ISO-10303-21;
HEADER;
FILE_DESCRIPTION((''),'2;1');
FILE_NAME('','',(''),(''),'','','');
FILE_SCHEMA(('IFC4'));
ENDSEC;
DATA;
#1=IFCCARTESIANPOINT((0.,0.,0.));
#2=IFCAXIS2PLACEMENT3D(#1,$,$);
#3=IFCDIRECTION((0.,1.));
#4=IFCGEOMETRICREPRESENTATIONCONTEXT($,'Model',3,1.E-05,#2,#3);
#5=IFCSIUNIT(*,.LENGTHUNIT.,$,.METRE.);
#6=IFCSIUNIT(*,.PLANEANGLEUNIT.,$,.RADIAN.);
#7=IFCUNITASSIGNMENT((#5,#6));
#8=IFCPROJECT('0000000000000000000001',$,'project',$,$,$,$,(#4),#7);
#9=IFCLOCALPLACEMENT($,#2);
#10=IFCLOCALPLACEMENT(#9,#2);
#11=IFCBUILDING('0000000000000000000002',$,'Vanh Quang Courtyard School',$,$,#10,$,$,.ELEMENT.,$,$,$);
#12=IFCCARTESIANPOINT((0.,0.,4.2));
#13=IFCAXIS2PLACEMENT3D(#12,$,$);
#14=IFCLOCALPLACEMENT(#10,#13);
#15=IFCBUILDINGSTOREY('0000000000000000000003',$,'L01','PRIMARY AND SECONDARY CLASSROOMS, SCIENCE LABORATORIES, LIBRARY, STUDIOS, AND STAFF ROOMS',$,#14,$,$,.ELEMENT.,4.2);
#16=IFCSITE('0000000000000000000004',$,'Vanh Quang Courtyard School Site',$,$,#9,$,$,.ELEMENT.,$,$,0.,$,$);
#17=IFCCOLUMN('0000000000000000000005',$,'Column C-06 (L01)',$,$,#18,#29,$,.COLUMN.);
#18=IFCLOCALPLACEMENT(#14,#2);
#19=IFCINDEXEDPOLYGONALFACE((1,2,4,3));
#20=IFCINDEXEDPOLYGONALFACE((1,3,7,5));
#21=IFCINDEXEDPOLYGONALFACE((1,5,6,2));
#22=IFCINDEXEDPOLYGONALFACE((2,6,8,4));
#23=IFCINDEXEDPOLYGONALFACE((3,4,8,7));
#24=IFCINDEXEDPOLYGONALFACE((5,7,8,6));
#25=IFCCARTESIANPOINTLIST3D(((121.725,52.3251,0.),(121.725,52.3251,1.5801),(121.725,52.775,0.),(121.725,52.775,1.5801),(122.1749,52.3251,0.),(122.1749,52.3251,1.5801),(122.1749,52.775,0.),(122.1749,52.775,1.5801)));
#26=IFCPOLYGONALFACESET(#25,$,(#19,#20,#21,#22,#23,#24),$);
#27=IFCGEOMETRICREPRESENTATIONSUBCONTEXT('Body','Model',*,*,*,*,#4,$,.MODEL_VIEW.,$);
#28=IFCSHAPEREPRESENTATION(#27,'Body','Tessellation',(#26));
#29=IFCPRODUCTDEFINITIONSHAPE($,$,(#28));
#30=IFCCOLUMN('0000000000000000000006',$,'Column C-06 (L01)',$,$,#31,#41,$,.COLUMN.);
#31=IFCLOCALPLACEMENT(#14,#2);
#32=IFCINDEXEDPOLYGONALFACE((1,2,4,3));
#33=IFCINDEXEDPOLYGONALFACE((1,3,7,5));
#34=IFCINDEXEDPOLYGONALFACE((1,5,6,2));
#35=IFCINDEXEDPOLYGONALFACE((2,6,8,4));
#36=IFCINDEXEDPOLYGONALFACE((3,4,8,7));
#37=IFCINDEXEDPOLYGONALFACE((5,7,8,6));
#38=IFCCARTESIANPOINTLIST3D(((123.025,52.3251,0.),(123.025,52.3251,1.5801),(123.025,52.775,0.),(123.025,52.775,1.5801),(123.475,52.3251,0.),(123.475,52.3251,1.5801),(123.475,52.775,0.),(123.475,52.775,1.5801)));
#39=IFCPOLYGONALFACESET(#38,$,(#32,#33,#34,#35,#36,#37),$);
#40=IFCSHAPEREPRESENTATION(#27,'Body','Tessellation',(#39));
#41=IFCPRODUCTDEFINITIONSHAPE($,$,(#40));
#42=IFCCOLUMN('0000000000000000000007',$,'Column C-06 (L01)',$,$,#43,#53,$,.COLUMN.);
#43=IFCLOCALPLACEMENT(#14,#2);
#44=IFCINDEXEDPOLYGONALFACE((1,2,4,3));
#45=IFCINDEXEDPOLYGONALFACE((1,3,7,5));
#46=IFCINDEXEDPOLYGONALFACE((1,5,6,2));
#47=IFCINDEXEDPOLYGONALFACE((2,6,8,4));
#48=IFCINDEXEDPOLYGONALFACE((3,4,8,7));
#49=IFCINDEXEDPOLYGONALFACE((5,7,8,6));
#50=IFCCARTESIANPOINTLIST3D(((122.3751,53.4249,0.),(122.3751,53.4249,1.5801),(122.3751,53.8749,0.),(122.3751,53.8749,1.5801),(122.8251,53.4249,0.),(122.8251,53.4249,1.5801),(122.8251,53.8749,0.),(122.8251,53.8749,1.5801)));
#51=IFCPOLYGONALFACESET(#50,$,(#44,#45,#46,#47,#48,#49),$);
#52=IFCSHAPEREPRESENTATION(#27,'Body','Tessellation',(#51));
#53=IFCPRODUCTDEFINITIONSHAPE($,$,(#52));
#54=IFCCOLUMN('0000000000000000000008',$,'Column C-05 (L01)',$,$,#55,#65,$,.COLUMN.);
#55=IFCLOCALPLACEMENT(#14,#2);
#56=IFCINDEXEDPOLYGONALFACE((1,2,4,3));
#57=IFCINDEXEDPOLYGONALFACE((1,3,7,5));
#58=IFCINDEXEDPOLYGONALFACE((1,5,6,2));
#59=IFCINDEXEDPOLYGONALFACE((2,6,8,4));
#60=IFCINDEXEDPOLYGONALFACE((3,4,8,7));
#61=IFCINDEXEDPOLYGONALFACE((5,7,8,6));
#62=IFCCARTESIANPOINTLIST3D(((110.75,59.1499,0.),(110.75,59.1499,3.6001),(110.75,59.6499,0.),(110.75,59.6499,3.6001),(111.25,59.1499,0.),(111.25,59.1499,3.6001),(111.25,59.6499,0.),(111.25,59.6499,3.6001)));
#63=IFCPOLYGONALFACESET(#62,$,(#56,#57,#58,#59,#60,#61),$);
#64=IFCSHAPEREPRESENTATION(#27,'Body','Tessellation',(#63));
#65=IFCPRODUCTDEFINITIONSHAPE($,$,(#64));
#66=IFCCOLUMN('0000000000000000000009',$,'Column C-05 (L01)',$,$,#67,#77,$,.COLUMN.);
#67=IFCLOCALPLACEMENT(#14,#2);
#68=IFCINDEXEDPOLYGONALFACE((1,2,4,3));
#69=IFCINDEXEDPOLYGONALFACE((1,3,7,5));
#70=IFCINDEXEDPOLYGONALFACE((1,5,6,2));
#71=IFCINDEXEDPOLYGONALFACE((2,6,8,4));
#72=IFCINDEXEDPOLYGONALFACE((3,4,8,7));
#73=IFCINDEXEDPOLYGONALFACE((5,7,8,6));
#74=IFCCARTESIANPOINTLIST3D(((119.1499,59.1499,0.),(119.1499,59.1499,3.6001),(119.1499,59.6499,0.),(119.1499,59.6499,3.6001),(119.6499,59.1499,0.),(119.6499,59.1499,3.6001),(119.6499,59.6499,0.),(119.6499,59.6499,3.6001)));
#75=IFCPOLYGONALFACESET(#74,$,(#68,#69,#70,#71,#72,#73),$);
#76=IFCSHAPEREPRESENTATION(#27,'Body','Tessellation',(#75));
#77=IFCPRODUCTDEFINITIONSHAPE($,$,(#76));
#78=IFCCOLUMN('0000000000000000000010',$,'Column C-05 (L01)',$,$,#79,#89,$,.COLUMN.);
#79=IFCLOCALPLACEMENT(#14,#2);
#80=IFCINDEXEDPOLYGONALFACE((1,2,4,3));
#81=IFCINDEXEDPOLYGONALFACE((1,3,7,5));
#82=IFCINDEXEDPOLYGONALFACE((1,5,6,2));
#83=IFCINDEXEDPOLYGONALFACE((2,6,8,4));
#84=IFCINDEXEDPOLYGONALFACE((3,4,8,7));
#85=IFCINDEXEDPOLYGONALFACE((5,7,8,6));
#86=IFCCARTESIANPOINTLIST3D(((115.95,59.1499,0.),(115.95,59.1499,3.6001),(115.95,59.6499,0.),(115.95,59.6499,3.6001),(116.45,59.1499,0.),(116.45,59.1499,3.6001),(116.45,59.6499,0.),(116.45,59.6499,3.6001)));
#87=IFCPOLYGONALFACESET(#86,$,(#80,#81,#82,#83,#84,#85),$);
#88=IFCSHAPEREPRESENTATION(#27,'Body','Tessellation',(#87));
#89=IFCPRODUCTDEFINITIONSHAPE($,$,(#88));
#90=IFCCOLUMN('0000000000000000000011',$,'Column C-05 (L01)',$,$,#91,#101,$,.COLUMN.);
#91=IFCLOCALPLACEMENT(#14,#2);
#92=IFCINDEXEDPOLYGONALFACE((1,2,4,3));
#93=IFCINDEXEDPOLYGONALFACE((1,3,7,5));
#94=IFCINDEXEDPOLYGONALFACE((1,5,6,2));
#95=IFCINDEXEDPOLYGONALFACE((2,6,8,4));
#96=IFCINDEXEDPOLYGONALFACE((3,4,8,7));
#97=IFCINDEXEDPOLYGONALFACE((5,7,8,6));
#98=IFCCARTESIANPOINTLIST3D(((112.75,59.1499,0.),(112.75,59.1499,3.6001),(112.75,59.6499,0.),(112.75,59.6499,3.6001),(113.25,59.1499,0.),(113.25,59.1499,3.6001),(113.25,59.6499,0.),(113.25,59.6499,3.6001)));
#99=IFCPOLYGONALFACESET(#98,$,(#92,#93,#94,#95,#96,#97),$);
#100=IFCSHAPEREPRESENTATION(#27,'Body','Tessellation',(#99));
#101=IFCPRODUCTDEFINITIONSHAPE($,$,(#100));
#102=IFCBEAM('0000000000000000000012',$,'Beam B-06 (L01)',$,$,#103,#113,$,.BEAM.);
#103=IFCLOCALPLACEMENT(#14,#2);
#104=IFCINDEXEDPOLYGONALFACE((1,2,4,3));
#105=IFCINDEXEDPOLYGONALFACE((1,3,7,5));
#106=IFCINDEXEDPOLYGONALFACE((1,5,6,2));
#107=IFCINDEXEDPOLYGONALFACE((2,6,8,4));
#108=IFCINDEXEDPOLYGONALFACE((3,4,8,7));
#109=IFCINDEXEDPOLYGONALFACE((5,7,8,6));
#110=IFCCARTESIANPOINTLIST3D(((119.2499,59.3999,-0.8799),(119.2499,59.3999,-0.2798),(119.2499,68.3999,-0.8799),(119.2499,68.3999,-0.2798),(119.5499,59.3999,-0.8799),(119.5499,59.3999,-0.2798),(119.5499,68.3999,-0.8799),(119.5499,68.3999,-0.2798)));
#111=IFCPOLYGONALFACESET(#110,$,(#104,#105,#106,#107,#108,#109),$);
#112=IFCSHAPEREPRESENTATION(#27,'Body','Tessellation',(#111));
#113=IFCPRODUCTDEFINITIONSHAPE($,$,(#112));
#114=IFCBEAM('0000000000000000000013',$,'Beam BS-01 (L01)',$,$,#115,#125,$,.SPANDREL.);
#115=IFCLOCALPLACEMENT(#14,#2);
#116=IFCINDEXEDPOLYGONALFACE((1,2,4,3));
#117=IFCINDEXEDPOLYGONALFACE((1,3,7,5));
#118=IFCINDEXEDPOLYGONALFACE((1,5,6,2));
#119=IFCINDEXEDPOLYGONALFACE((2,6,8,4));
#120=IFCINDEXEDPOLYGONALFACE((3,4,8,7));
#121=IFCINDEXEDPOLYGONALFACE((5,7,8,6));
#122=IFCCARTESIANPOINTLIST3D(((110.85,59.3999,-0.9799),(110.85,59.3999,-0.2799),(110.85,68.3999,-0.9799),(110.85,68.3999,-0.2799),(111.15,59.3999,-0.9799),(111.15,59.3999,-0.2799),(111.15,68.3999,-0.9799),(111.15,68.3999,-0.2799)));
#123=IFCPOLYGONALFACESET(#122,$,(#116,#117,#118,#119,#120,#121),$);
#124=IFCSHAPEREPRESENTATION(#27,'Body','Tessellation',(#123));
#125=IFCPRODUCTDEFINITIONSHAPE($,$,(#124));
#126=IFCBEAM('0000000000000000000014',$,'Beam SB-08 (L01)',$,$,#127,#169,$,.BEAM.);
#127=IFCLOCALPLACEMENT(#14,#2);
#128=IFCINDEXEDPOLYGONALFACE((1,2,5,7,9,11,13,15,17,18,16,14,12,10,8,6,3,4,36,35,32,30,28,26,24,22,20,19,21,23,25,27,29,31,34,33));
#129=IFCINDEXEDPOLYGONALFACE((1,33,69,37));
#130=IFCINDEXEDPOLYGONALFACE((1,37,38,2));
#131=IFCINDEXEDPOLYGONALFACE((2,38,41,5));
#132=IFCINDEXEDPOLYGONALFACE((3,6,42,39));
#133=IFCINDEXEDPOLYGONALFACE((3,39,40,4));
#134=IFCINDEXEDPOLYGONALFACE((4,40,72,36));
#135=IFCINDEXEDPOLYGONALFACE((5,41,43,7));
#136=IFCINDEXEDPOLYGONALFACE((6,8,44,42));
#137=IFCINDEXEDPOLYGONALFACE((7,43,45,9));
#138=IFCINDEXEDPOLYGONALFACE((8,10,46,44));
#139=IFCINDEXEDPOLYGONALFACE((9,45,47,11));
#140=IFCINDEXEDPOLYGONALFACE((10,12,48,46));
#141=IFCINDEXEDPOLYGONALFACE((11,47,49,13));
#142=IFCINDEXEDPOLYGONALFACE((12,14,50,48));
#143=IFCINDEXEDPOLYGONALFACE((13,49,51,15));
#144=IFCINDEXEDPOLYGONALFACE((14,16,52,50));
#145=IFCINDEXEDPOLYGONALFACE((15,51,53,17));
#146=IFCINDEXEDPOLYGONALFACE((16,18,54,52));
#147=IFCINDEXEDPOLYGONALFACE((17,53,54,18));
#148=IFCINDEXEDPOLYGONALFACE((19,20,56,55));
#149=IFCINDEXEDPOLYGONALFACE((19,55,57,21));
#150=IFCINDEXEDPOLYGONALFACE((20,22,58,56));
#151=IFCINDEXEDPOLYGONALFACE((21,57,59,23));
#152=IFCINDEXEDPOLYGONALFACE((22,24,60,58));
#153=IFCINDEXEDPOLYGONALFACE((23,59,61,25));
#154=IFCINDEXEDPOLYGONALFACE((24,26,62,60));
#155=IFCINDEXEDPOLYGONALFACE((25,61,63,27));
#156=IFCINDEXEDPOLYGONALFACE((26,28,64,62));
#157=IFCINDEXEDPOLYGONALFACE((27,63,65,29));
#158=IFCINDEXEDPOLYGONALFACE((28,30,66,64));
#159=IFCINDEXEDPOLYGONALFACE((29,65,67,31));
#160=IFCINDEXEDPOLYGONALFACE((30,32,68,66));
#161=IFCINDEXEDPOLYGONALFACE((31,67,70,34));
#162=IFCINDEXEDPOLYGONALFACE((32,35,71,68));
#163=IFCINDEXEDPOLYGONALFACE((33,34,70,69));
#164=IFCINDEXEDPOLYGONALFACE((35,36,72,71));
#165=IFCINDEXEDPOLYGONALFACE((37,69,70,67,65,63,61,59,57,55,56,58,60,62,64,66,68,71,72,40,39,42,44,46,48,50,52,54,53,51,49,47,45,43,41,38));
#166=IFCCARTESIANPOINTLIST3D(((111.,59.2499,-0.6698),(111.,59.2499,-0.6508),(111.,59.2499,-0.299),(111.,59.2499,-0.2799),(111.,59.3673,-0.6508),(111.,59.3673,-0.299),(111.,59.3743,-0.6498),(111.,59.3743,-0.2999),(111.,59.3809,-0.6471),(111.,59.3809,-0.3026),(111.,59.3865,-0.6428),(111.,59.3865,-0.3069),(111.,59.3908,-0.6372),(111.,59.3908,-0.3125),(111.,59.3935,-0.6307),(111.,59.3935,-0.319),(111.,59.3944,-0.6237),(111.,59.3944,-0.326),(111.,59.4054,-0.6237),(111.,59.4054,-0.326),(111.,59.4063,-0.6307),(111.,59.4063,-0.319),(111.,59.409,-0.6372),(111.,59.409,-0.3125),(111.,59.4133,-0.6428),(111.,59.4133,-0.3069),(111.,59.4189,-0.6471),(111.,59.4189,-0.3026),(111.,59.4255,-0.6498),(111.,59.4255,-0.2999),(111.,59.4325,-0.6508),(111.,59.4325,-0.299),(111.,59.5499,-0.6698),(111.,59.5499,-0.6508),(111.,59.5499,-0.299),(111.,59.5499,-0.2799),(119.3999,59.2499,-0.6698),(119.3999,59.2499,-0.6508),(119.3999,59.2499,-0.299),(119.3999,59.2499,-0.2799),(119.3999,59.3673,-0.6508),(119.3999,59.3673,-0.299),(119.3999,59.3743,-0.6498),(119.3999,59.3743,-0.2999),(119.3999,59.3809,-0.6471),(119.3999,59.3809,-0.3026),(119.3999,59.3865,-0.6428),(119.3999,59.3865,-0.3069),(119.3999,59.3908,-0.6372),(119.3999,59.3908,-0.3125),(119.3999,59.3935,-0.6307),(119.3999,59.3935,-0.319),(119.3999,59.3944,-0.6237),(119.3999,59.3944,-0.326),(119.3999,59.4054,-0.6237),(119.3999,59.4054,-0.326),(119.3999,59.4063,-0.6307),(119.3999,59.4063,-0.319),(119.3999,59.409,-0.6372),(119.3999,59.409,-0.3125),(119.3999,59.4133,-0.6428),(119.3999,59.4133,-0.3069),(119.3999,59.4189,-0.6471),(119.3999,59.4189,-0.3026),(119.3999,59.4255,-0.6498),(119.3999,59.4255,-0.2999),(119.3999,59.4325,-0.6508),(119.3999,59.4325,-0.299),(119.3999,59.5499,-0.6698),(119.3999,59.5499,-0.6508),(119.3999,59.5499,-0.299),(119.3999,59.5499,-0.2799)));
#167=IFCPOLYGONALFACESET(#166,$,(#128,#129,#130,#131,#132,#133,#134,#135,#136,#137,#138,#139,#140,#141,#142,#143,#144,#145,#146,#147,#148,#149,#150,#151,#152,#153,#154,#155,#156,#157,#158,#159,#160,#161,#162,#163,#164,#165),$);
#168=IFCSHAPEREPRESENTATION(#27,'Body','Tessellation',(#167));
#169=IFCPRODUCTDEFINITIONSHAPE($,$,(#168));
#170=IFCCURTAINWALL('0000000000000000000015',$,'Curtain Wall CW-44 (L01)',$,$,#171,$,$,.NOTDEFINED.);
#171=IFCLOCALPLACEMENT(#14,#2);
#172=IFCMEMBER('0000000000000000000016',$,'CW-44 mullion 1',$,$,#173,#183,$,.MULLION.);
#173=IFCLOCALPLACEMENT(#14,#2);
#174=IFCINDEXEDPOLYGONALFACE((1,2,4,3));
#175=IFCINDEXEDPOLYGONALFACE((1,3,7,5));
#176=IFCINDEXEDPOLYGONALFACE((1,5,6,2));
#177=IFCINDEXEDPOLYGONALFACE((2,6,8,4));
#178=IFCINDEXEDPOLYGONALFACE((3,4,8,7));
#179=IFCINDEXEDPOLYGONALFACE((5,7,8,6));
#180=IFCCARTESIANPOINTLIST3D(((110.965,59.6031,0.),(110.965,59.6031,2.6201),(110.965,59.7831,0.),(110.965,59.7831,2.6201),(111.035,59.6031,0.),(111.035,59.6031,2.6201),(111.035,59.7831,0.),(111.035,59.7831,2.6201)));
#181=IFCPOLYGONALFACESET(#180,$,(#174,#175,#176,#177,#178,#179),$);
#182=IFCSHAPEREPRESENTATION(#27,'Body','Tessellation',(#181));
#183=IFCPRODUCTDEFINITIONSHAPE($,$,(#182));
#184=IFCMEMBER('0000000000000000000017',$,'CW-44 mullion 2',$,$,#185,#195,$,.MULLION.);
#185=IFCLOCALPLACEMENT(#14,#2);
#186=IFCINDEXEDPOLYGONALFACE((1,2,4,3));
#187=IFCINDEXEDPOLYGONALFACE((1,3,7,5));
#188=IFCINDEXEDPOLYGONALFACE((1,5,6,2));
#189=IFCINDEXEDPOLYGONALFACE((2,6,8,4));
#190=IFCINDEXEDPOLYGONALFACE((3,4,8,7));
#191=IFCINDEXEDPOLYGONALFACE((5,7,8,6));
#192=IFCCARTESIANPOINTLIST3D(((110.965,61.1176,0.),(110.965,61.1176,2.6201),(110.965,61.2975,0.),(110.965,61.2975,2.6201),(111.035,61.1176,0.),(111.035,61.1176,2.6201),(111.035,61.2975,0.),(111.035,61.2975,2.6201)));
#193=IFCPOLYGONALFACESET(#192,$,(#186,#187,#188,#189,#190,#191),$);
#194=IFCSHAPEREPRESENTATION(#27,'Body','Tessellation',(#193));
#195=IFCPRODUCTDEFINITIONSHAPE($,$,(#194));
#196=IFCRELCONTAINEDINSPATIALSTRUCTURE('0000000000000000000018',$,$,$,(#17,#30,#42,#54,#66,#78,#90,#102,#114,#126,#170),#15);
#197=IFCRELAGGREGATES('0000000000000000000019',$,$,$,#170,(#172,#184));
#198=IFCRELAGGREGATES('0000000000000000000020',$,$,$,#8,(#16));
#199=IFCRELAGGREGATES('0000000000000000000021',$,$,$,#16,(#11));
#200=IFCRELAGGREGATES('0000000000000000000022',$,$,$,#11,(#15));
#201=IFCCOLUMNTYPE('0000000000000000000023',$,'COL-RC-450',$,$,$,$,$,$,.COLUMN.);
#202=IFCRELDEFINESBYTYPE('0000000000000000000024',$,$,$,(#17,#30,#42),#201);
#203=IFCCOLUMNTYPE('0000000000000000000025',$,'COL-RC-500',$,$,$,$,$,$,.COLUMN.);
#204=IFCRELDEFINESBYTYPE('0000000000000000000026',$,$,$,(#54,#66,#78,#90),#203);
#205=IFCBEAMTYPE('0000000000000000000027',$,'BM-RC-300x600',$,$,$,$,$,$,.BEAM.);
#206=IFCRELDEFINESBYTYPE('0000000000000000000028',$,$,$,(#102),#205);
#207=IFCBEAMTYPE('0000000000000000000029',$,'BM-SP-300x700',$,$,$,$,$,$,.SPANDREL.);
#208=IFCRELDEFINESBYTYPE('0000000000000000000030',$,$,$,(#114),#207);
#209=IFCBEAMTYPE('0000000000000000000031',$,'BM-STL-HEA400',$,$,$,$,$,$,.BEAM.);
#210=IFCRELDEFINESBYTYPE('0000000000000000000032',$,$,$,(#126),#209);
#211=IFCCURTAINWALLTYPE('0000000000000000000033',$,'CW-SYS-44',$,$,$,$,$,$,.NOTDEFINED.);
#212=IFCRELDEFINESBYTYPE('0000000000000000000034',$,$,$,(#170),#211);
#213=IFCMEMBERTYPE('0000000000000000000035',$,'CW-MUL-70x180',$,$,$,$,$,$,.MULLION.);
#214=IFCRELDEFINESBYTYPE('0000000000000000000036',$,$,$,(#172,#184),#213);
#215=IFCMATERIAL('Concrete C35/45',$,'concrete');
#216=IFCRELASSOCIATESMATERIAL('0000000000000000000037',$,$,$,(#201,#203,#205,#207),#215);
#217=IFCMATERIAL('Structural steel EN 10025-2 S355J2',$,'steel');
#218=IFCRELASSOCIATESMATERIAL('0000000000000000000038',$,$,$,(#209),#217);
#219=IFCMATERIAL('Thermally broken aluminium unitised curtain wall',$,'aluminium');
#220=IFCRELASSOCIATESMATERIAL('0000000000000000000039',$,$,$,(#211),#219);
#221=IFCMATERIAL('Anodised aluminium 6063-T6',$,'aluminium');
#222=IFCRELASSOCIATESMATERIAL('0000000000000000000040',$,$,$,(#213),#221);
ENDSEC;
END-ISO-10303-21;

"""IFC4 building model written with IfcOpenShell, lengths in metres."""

from ifc_helpers import new_model, si_unit, direction, frame, origin, origin_2d, place, context, subcontext, project, spatial, rectangle, i_section, extrude, material, material_profile, profile_set, type_object, element, aggregate, save


model = new_model("IFC4")

# Units and contexts
model_context = context("Model", 3, precision=1e-05, world=origin(), true_north=direction((0.0, 1.0)))
body_context = subcontext(model_context, "Body", "Model", "MODEL_VIEW")
ifc_project = project(units=[si_unit("LENGTHUNIT", "METRE"), si_unit("PLANEANGLEUNIT", "RADIAN")], contexts=[model_context])

# Site, building, storey
site_placement = place(None, origin())
site = spatial("IfcSite", under=ifc_project, at=site_placement, Name="Vanh Quang Courtyard School Site", CompositionType="ELEMENT", RefElevation=0.0)
building_placement = place(site_placement, origin())
building = spatial("IfcBuilding", under=site, at=building_placement, Name="Vanh Quang Courtyard School", CompositionType="ELEMENT")
storey_placement = place(building_placement, frame((0.0, 0.0, 4.2)))
storey = spatial("IfcBuildingStorey", under=building, at=storey_placement, Name="L01", Description="PRIMARY AND SECONDARY CLASSROOMS, SCIENCE LABORATORIES, LIBRARY, STUDIOS, AND STAFF ROOMS", CompositionType="ELEMENT", Elevation=4.2)

# Columns
ifc_material_1 = material(Name="Concrete C35/45", Category="concrete")
ifc_material_profile_1 = material_profile(ifc_material_1, rectangle(XDim=0.45, YDim=0.45, at=origin_2d()), Name="RC-COL 450x450")
ifc_profile_set_1 = profile_set([ifc_material_profile_1], Name="Concrete C35/45")
column_type_1 = type_object("IfcColumnType", Name="COL-RC-450", PredefinedType="COLUMN", material=ifc_profile_set_1)
for number, where, z_axis, x_axis, name in (
    (1, (121.95, 52.55, 0.0), (0.0, 0.0, 1.0), (1.0, 0.0, 0.0), "Column C-06 (L01)"),
    (2, (123.25, 52.55, 0.0), (0.0, 0.0, 1.0), (1.0, 0.0, 0.0), "Column C-06 (L01)"),
    (3, (122.6001, 53.6499, 0.0), (0.0, 0.0, 1.0), (1.0, 0.0, 0.0), "Column C-06 (L01)"),
):
    element("IfcColumn", number, at=place(storey_placement, frame(where, z_axis=z_axis, x_axis=x_axis)), inside=storey, type_object=column_type_1, Name=name, PredefinedType="COLUMN", context=body_context, shape_type="SweptSolid", body=[
        extrude(rectangle(XDim=0.45, YDim=0.45, at=origin_2d()), origin(), (0.0, 0.0, 1.0), 1.5801),
    ])
ifc_material_profile_2 = material_profile(ifc_material_1, rectangle(XDim=0.5, YDim=0.5, at=origin_2d()), Name="RC-COL 500x500")
ifc_profile_set_2 = profile_set([ifc_material_profile_2], Name="Concrete C35/45")
column_type_2 = type_object("IfcColumnType", Name="COL-RC-500", PredefinedType="COLUMN", material=ifc_profile_set_2)
for number, where, z_axis, x_axis, name in (
    (4, (111.0, 59.3999, 0.0), (0.0, 0.0, 1.0), (1.0, 0.0, 0.0), "Column C-05 (L01)"),
    (5, (119.3999, 59.3999, 0.0), (0.0, 0.0, 1.0), (1.0, 0.0, 0.0), "Column C-05 (L01)"),
    (6, (116.2, 59.3999, 0.0), (0.0, 0.0, 1.0), (1.0, 0.0, 0.0), "Column C-05 (L01)"),
    (7, (113.0, 59.3999, 0.0), (0.0, 0.0, 1.0), (1.0, 0.0, 0.0), "Column C-05 (L01)"),
):
    element("IfcColumn", number, at=place(storey_placement, frame(where, z_axis=z_axis, x_axis=x_axis)), inside=storey, type_object=column_type_2, Name=name, PredefinedType="COLUMN", context=body_context, shape_type="SweptSolid", body=[
        extrude(rectangle(XDim=0.5, YDim=0.5, at=origin_2d()), origin(), (0.0, 0.0, 1.0), 3.6001),
    ])

# Beams
ifc_material_profile_3 = material_profile(ifc_material_1, rectangle(XDim=0.3, YDim=0.6001, at=origin_2d()), Name="RC-BM 300x600")
ifc_profile_set_3 = profile_set([ifc_material_profile_3], Name="Concrete C35/45")
beam_type_1 = type_object("IfcBeamType", Name="BM-RC-300x600", PredefinedType="BEAM", material=ifc_profile_set_3)
beam_1_placement = place(storey_placement, frame((119.3999, 59.3999, -0.5798), z_axis=(0.0, 1.0, 0.0), x_axis=(-1.0, 0.0, 0.0)))
element("IfcBeam", 8, at=beam_1_placement, inside=storey, type_object=beam_type_1, Name="Beam B-06 (L01)", PredefinedType="BEAM", context=body_context, shape_type="SweptSolid", body=[
    extrude(rectangle(XDim=0.3, YDim=0.6001, at=origin_2d()), origin(), (0.0, 0.0, 1.0), 9.0),
])
ifc_material_profile_4 = material_profile(ifc_material_1, rectangle(XDim=0.3, YDim=0.7, at=origin_2d()), Name="RC-SP 300x700")
ifc_profile_set_4 = profile_set([ifc_material_profile_4], Name="Concrete C35/45")
beam_type_2 = type_object("IfcBeamType", Name="BM-SP-300x700", PredefinedType="SPANDREL", material=ifc_profile_set_4)
beam_2_placement = place(storey_placement, frame((111.0, 59.3999, -0.6299), z_axis=(0.0, 1.0, 0.0), x_axis=(-1.0, 0.0, 0.0)))
element("IfcBeam", 9, at=beam_2_placement, inside=storey, type_object=beam_type_2, Name="Beam BS-01 (L01)", PredefinedType="SPANDREL", context=body_context, shape_type="SweptSolid", body=[
    extrude(rectangle(XDim=0.3, YDim=0.7, at=origin_2d()), origin(), (0.0, 0.0, 1.0), 9.0),
])
ifc_material_2 = material(Name="Structural steel EN 10025-2 S355J2", Category="steel")
ifc_material_profile_5 = material_profile(ifc_material_2, i_section(OverallWidth=0.3, OverallDepth=0.3899, WebThickness=0.011, FlangeThickness=0.019, FilletRadius=0.0271, at=origin_2d()), Name="HEA 400")
ifc_profile_set_5 = profile_set([ifc_material_profile_5], Name="Structural steel EN 10025-2 S355J2")
beam_type_3 = type_object("IfcBeamType", Name="BM-STL-HEA400", PredefinedType="BEAM", material=ifc_profile_set_5)
beam_3_placement = place(storey_placement, frame((111.0, 59.3999, -0.4749), z_axis=(1.0, 0.0, 0.0), x_axis=(0.0, 1.0, 0.0)))
element("IfcBeam", 10, at=beam_3_placement, inside=storey, type_object=beam_type_3, Name="Beam SB-08 (L01)", PredefinedType="BEAM", context=body_context, shape_type="SweptSolid", body=[
    extrude(i_section(OverallWidth=0.3, OverallDepth=0.3899, WebThickness=0.011, FlangeThickness=0.019, FilletRadius=0.0271, at=origin_2d()), origin(), (0.0, 0.0, 1.0), 8.3999),
])

# Curtain wall, members
ifc_material_3 = material(Name="Thermally broken aluminium unitised curtain wall", Category="aluminium")
curtain_wall_type = type_object("IfcCurtainWallType", Name="CW-SYS-44", PredefinedType="NOTDEFINED", material=ifc_material_3)
curtain_wall_placement = place(storey_placement, origin())
curtain_wall = element("IfcCurtainWall", 11, at=curtain_wall_placement, inside=storey, type_object=curtain_wall_type, Name="Curtain Wall CW-44 (L01)", PredefinedType="NOTDEFINED")
ifc_material_4 = material(Name="Anodised aluminium 6063-T6", Category="aluminium")
ifc_material_profile_6 = material_profile(ifc_material_4, rectangle(XDim=0.0701, YDim=0.1799, at=origin_2d()), Name="ALU-MUL 70x180")
ifc_profile_set_6 = profile_set([ifc_material_profile_6], Name="Anodised aluminium 6063-T6")
member_type_1 = type_object("IfcMemberType", Name="CW-MUL-70x180", PredefinedType="MULLION", material=ifc_profile_set_6)
member_1_placement = place(storey_placement, frame((111.0, 59.6931, 0.0), z_axis=(0.0, 0.0, 1.0), x_axis=(-1.0, 0.0, 0.0)))
member_1 = element("IfcMember", 12, at=member_1_placement, type_object=member_type_1, Name="CW-44 mullion 1", PredefinedType="MULLION", context=body_context, shape_type="SweptSolid", body=[
    extrude(rectangle(XDim=0.0701, YDim=0.1799, at=origin_2d()), origin(), (0.0, 0.0, 1.0), 2.6201),
])
member_2_placement = place(storey_placement, frame((111.0, 61.2075, 0.0), z_axis=(0.0, 0.0, 1.0), x_axis=(-1.0, 0.0, 0.0)))
member_2 = element("IfcMember", 13, at=member_2_placement, type_object=member_type_1, Name="CW-44 mullion 2", PredefinedType="MULLION", context=body_context, shape_type="SweptSolid", body=[
    extrude(rectangle(XDim=0.0701, YDim=0.1799, at=origin_2d()), origin(), (0.0, 0.0, 1.0), 2.6201),
])

aggregate(curtain_wall, [member_1, member_2])

save(model, "model.ifc")
